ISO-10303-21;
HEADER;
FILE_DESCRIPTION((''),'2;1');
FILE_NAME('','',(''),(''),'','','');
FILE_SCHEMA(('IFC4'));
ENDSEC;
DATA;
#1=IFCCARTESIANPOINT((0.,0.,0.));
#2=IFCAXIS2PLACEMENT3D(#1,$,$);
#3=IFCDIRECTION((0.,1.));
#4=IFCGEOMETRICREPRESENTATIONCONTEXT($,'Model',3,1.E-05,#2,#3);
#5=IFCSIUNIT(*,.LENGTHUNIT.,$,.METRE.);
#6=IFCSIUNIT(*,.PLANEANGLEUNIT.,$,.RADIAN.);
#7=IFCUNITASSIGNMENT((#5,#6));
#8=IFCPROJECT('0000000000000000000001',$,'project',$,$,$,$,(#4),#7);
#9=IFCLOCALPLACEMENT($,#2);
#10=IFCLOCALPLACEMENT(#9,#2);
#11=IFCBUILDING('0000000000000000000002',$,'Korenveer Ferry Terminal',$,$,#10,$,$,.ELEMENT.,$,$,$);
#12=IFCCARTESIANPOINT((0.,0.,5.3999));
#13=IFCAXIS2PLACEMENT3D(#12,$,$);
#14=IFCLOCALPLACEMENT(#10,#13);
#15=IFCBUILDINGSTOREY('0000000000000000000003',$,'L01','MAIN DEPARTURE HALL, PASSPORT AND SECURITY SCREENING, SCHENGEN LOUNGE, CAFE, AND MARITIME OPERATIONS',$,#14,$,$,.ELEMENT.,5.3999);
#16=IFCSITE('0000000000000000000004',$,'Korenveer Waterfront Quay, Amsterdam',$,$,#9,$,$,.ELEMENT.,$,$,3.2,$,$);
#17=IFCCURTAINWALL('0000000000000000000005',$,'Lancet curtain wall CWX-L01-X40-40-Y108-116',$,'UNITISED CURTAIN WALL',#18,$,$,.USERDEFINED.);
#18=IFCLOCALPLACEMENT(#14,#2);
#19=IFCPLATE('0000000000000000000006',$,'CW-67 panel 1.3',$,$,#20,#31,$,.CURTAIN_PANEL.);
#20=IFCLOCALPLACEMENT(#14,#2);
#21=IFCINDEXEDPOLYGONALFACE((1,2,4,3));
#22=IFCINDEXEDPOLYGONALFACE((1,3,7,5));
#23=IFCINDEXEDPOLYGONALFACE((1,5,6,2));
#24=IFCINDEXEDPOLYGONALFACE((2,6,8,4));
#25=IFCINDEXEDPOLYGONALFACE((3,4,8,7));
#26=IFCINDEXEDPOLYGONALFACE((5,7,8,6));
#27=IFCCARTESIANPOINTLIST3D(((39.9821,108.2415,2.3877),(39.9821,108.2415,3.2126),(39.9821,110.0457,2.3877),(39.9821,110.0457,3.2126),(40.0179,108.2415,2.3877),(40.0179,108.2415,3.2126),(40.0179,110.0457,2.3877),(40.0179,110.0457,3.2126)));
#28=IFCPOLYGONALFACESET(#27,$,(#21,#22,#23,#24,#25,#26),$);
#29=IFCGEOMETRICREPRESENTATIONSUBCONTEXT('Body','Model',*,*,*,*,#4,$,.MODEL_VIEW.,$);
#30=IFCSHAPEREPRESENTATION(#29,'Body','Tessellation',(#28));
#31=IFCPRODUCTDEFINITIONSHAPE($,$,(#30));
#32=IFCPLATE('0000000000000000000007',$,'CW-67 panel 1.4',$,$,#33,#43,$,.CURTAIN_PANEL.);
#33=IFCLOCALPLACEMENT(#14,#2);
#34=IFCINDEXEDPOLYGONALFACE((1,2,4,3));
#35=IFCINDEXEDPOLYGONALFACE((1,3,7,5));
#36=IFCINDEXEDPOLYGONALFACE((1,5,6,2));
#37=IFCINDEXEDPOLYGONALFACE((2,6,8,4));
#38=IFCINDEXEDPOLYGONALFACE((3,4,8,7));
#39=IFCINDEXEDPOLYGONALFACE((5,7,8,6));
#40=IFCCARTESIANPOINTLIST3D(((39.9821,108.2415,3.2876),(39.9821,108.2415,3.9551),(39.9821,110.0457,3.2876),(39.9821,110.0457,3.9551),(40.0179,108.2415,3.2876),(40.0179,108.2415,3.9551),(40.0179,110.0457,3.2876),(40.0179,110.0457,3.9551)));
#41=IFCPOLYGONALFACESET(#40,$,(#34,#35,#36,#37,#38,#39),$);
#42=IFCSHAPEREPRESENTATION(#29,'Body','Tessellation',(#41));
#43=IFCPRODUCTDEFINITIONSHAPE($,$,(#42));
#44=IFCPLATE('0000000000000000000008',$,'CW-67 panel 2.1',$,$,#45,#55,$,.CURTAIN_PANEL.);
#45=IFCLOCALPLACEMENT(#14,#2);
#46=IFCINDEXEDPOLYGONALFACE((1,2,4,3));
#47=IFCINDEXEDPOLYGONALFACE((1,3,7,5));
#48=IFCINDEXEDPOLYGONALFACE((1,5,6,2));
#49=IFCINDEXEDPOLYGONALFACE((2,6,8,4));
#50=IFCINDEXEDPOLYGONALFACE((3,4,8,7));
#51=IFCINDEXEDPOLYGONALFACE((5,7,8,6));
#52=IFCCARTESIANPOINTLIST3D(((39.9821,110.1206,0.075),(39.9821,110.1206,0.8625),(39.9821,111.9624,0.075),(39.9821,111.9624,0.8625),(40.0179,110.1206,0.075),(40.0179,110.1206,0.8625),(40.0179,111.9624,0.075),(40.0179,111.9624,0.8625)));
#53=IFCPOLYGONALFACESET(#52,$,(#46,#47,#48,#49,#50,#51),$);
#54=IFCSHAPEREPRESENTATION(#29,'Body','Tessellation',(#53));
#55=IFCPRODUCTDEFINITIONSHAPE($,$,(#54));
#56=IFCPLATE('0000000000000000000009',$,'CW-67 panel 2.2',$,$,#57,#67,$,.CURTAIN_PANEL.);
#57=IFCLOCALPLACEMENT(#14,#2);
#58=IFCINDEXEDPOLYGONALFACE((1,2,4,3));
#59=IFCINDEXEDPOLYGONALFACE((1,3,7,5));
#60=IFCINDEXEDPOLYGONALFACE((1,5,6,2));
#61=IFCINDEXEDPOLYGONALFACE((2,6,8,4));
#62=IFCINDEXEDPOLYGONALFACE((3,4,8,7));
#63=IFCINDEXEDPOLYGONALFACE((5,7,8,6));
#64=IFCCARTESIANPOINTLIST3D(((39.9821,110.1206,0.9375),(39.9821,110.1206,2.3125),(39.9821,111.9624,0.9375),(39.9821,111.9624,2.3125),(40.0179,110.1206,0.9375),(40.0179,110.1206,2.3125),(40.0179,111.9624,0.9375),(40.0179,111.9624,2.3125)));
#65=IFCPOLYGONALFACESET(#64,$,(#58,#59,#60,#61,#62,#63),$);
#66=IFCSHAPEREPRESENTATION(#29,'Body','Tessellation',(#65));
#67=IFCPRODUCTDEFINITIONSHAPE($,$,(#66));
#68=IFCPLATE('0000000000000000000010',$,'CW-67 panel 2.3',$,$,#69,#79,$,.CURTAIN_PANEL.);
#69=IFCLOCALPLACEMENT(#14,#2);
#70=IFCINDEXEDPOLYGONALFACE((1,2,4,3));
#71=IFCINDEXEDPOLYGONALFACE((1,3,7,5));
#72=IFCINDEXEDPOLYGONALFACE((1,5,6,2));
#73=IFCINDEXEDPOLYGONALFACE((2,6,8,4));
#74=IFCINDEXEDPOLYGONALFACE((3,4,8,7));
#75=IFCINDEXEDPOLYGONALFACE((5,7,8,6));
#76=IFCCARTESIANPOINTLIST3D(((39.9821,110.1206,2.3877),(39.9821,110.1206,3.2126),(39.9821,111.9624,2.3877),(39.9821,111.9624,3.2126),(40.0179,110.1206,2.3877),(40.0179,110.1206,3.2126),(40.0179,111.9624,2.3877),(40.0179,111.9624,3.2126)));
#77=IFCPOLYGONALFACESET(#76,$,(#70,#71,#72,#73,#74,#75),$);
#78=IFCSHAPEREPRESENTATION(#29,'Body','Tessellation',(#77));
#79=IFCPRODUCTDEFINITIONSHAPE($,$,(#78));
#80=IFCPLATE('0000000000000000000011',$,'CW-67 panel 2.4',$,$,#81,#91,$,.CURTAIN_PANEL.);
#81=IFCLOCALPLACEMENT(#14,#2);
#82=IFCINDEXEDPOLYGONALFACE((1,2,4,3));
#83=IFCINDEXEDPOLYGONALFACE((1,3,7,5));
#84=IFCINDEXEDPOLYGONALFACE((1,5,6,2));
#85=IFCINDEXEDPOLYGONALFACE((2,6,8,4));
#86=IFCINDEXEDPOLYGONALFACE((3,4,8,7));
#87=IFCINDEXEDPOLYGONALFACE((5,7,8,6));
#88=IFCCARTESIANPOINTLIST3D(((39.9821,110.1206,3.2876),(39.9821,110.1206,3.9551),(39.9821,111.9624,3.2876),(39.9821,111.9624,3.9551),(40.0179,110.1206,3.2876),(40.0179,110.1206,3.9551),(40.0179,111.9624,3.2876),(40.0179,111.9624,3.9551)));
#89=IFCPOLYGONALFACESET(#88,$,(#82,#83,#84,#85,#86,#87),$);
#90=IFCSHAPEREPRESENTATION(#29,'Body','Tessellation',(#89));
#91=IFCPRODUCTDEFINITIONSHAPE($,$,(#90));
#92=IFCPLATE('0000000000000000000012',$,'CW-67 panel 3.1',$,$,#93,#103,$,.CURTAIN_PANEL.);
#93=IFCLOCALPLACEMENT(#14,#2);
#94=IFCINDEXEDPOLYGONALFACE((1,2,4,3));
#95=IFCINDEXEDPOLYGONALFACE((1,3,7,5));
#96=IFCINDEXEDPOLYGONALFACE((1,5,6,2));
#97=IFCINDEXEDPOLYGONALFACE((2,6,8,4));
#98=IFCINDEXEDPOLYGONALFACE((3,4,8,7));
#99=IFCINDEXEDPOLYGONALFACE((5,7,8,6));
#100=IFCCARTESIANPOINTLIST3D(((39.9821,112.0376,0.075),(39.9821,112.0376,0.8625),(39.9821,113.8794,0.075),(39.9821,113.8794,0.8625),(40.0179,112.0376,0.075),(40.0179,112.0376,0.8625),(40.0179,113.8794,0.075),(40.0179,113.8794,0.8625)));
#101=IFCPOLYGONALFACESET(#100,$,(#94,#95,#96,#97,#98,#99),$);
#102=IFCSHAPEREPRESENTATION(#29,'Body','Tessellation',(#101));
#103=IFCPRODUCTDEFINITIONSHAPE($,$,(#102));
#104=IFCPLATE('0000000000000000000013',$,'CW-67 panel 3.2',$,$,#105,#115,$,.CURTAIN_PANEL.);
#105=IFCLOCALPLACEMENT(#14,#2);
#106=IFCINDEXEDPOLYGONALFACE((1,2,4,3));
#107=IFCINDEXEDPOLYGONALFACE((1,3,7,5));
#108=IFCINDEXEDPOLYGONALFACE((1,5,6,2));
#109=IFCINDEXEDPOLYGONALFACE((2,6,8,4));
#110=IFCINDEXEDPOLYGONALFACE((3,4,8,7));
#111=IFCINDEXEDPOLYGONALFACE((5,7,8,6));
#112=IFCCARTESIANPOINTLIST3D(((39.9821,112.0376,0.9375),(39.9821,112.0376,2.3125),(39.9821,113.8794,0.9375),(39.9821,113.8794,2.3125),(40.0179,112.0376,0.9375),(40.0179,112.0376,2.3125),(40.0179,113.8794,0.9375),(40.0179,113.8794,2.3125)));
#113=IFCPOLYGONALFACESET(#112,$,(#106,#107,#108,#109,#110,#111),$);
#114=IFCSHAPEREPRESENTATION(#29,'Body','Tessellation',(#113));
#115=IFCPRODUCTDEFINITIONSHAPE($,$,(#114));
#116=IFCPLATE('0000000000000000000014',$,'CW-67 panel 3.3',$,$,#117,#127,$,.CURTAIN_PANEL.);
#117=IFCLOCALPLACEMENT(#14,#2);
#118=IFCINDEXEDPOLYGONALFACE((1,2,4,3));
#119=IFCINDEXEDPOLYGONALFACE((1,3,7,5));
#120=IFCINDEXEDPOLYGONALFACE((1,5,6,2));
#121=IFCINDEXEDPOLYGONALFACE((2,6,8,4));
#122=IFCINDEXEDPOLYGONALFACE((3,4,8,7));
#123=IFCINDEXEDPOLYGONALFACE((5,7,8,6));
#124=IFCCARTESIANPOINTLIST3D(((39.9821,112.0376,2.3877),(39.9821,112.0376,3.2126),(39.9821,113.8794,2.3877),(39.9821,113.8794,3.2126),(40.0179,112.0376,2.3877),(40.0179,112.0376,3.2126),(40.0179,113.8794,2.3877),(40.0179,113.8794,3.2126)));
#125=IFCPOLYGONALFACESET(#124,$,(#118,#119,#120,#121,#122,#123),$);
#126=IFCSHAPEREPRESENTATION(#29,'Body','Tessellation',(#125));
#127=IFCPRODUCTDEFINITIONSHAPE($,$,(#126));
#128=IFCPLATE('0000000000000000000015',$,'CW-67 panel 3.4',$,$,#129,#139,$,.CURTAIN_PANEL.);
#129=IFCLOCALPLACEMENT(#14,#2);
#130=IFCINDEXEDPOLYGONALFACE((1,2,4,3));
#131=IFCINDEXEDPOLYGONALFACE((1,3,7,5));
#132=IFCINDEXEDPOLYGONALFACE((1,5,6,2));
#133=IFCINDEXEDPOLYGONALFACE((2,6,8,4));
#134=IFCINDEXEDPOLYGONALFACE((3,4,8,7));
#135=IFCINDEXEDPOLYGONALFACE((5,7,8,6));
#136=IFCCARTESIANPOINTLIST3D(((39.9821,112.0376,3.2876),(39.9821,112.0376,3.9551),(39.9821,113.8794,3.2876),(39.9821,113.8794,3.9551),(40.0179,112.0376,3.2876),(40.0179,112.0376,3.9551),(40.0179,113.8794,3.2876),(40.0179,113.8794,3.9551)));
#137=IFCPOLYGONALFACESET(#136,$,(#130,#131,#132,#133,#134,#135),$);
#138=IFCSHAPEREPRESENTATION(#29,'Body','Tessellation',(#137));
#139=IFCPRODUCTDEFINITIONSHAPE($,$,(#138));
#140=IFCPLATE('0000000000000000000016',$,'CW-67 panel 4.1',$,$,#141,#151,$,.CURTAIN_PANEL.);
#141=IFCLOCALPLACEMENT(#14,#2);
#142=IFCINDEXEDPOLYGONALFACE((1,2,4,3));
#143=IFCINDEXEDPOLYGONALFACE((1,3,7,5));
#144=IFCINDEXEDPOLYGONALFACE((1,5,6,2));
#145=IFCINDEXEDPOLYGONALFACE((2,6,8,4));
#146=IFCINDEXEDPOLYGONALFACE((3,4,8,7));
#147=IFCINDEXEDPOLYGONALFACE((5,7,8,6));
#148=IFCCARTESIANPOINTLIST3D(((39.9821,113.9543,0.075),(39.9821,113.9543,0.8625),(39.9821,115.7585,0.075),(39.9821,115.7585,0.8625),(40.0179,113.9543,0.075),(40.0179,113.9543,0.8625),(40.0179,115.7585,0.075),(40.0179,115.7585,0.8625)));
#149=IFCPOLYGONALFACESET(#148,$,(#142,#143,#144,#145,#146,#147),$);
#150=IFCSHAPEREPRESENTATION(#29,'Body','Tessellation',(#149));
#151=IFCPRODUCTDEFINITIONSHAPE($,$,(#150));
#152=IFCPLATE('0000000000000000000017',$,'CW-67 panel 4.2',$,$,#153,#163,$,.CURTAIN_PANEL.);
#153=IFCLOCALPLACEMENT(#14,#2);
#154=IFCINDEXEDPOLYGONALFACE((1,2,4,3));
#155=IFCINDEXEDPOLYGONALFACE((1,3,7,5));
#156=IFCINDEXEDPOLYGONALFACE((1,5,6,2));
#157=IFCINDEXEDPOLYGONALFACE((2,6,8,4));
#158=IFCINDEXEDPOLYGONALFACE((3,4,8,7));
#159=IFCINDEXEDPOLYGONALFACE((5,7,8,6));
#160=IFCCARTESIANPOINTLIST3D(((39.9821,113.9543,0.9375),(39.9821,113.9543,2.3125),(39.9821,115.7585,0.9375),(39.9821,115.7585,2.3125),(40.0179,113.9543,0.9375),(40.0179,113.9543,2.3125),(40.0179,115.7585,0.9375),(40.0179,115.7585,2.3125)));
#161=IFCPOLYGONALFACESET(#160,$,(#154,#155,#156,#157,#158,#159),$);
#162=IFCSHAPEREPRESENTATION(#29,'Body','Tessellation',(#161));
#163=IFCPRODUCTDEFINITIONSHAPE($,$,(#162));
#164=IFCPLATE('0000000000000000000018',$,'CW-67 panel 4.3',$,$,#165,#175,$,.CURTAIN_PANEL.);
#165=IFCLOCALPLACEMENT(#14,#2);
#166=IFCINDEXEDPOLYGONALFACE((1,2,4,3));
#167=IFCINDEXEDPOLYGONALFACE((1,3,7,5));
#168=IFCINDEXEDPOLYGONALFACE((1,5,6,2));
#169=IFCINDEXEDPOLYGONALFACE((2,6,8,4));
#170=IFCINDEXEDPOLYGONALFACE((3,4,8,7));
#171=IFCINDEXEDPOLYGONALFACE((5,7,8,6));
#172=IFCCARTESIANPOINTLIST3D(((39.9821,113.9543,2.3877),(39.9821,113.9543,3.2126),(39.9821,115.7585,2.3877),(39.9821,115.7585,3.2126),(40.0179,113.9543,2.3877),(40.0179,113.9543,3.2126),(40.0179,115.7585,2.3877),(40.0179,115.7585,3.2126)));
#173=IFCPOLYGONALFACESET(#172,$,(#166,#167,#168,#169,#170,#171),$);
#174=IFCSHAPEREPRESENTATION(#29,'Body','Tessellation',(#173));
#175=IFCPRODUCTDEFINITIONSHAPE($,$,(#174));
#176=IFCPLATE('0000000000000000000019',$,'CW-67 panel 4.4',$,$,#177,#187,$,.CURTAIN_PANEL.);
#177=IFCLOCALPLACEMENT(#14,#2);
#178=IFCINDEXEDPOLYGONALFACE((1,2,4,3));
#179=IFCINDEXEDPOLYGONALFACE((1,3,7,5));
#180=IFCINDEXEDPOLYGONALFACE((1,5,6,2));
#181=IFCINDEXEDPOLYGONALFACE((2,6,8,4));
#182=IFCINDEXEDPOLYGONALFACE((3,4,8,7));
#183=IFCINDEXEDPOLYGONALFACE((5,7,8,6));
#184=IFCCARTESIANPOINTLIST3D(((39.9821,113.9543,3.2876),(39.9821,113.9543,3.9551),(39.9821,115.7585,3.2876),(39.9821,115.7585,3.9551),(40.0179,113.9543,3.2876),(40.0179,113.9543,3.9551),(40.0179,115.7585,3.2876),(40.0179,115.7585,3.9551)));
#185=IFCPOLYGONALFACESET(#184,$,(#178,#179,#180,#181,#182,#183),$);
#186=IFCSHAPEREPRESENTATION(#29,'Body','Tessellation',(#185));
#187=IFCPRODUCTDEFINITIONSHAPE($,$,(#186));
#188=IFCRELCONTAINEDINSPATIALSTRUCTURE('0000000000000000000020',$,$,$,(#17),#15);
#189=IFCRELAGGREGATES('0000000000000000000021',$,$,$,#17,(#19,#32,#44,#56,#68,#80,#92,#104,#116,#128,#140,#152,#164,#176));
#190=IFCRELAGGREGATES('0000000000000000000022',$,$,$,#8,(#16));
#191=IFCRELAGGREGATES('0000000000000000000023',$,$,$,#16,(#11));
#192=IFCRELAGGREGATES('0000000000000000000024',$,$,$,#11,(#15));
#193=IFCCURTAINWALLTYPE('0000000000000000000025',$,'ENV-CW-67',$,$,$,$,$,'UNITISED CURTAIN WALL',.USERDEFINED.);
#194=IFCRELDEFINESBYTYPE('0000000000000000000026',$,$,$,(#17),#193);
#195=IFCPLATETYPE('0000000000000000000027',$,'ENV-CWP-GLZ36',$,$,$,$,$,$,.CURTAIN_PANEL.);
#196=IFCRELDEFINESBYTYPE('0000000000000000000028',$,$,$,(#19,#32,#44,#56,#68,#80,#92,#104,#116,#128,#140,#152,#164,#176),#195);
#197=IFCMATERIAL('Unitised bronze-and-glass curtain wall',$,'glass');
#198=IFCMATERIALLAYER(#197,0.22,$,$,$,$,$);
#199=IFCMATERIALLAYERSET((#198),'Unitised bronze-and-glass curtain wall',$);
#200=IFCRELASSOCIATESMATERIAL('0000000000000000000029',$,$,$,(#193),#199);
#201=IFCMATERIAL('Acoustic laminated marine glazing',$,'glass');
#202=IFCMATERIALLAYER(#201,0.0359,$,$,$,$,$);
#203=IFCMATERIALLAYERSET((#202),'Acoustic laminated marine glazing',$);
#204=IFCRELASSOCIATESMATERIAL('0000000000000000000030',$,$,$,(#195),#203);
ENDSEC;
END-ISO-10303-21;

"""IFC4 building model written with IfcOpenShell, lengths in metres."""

from ifc_helpers import new_model, si_unit, direction, frame, origin, origin_2d, place, context, subcontext, project, spatial, rectangle, extrude, material, layer, layer_set, type_object, element, aggregate, save


model = new_model("IFC4")

# Units and contexts
model_context = context("Model", 3, precision=1e-05, world=origin(), true_north=direction((0.0, 1.0)))
body_context = subcontext(model_context, "Body", "Model", "MODEL_VIEW")
ifc_project = project(units=[si_unit("LENGTHUNIT", "METRE"), si_unit("PLANEANGLEUNIT", "RADIAN")], contexts=[model_context])

# Site, building, storey
site_placement = place(None, origin())
site = spatial("IfcSite", under=ifc_project, at=site_placement, Name="Korenveer Waterfront Quay, Amsterdam", CompositionType="ELEMENT", RefElevation=3.2)
building_placement = place(site_placement, origin())
building = spatial("IfcBuilding", under=site, at=building_placement, Name="Korenveer Ferry Terminal", CompositionType="ELEMENT")
storey_placement = place(building_placement, frame((0.0, 0.0, 5.3999)))
storey = spatial("IfcBuildingStorey", under=building, at=storey_placement, Name="L01", Description="MAIN DEPARTURE HALL, PASSPORT AND SECURITY SCREENING, SCHENGEN LOUNGE, CAFE, AND MARITIME OPERATIONS", CompositionType="ELEMENT", Elevation=5.3999)

# Shared definitions
ifc_material_1 = material(Name="Unitised bronze-and-glass curtain wall", Category="glass")

# Curtain wall
ifc_layer_1 = layer(ifc_material_1, 0.22)
ifc_layer_set_1 = layer_set([ifc_layer_1], Name="Unitised bronze-and-glass curtain wall")
curtain_wall_type_1 = type_object("IfcCurtainWallType", Name="ENV-CW-67", ElementType="UNITISED CURTAIN WALL", PredefinedType="USERDEFINED", material=ifc_layer_set_1)
curtain_wall_1_placement = place(storey_placement, frame((40.0, 108.1665, 0.0)))
curtain_wall_1 = element("IfcCurtainWall", 1, at=curtain_wall_1_placement, inside=storey, type_object=curtain_wall_type_1, Name="Lancet curtain wall CWX-L01-X40-40-Y108-116", ObjectType="UNITISED CURTAIN WALL", PredefinedType="USERDEFINED")

# Plates
ifc_material_2 = material(Name="Acoustic laminated marine glazing", Category="glass")
ifc_layer_2 = layer(ifc_material_2, 0.0359)
ifc_layer_set_2 = layer_set([ifc_layer_2], Name="Acoustic laminated marine glazing")
plate_type = type_object("IfcPlateType", Name="ENV-CWP-GLZ36", PredefinedType="CURTAIN_PANEL", material=ifc_layer_set_2)
plate_1_placement = place(storey_placement, frame((40.0, 109.1436, 2.3877), z_axis=(0.0, 0.0, 1.0), x_axis=(0.0, 1.0, 0.0)))
plate_1 = element("IfcPlate", 2, at=plate_1_placement, type_object=plate_type, Name="CW-67 panel 1.3", PredefinedType="CURTAIN_PANEL", context=body_context, shape_type="SweptSolid", body=[
    extrude(rectangle(XDim=1.8042, YDim=0.0359, at=origin_2d()), origin(), (0.0, 0.0, 1.0), 0.825),
])
plate_2_placement = place(storey_placement, frame((40.0, 109.1436, 3.2876), z_axis=(0.0, 0.0, 1.0), x_axis=(0.0, 1.0, 0.0)))
plate_2 = element("IfcPlate", 3, at=plate_2_placement, type_object=plate_type, Name="CW-67 panel 1.4", PredefinedType="CURTAIN_PANEL", context=body_context, shape_type="SweptSolid", body=[
    extrude(rectangle(XDim=1.8042, YDim=0.0359, at=origin_2d()), origin(), (0.0, 0.0, 1.0), 0.6675),
])
plate_3_placement = place(storey_placement, frame((40.0, 111.0415, 0.075), z_axis=(0.0, 0.0, 1.0), x_axis=(0.0, 1.0, 0.0)))
plate_3 = element("IfcPlate", 4, at=plate_3_placement, type_object=plate_type, Name="CW-67 panel 2.1", PredefinedType="CURTAIN_PANEL", context=body_context, shape_type="SweptSolid", body=[
    extrude(rectangle(XDim=1.8418, YDim=0.0359, at=origin_2d()), origin(), (0.0, 0.0, 1.0), 0.7876),
])
plate_4_placement = place(storey_placement, frame((40.0, 111.0415, 0.9375), z_axis=(0.0, 0.0, 1.0), x_axis=(0.0, 1.0, 0.0)))
plate_4 = element("IfcPlate", 5, at=plate_4_placement, type_object=plate_type, Name="CW-67 panel 2.2", PredefinedType="CURTAIN_PANEL", context=body_context, shape_type="SweptSolid", body=[
    extrude(rectangle(XDim=1.8418, YDim=0.0359, at=origin_2d()), origin(), (0.0, 0.0, 1.0), 1.375),
])
plate_5_placement = place(storey_placement, frame((40.0, 111.0415, 2.3877), z_axis=(0.0, 0.0, 1.0), x_axis=(0.0, 1.0, 0.0)))
plate_5 = element("IfcPlate", 6, at=plate_5_placement, type_object=plate_type, Name="CW-67 panel 2.3", PredefinedType="CURTAIN_PANEL", context=body_context, shape_type="SweptSolid", body=[
    extrude(rectangle(XDim=1.8418, YDim=0.0359, at=origin_2d()), origin(), (0.0, 0.0, 1.0), 0.825),
])
plate_6_placement = place(storey_placement, frame((40.0, 111.0415, 3.2876), z_axis=(0.0, 0.0, 1.0), x_axis=(0.0, 1.0, 0.0)))
plate_6 = element("IfcPlate", 7, at=plate_6_placement, type_object=plate_type, Name="CW-67 panel 2.4", PredefinedType="CURTAIN_PANEL", context=body_context, shape_type="SweptSolid", body=[
    extrude(rectangle(XDim=1.8418, YDim=0.0359, at=origin_2d()), origin(), (0.0, 0.0, 1.0), 0.6675),
])
plate_7_placement = place(storey_placement, frame((40.0, 112.9585, 0.075), z_axis=(0.0, 0.0, 1.0), x_axis=(0.0, 1.0, 0.0)))
plate_7 = element("IfcPlate", 8, at=plate_7_placement, type_object=plate_type, Name="CW-67 panel 3.1", PredefinedType="CURTAIN_PANEL", context=body_context, shape_type="SweptSolid", body=[
    extrude(rectangle(XDim=1.8418, YDim=0.0359, at=origin_2d()), origin(), (0.0, 0.0, 1.0), 0.7876),
])
plate_8_placement = place(storey_placement, frame((40.0, 112.9585, 0.9375), z_axis=(0.0, 0.0, 1.0), x_axis=(0.0, 1.0, 0.0)))
plate_8 = element("IfcPlate", 9, at=plate_8_placement, type_object=plate_type, Name="CW-67 panel 3.2", PredefinedType="CURTAIN_PANEL", context=body_context, shape_type="SweptSolid", body=[
    extrude(rectangle(XDim=1.8418, YDim=0.0359, at=origin_2d()), origin(), (0.0, 0.0, 1.0), 1.375),
])
plate_9_placement = place(storey_placement, frame((40.0, 112.9585, 2.3877), z_axis=(0.0, 0.0, 1.0), x_axis=(0.0, 1.0, 0.0)))
plate_9 = element("IfcPlate", 10, at=plate_9_placement, type_object=plate_type, Name="CW-67 panel 3.3", PredefinedType="CURTAIN_PANEL", context=body_context, shape_type="SweptSolid", body=[
    extrude(rectangle(XDim=1.8418, YDim=0.0359, at=origin_2d()), origin(), (0.0, 0.0, 1.0), 0.825),
])
plate_10_placement = place(storey_placement, frame((40.0, 112.9585, 3.2876), z_axis=(0.0, 0.0, 1.0), x_axis=(0.0, 1.0, 0.0)))
plate_10 = element("IfcPlate", 11, at=plate_10_placement, type_object=plate_type, Name="CW-67 panel 3.4", PredefinedType="CURTAIN_PANEL", context=body_context, shape_type="SweptSolid", body=[
    extrude(rectangle(XDim=1.8418, YDim=0.0359, at=origin_2d()), origin(), (0.0, 0.0, 1.0), 0.6675),
])
plate_11_placement = place(storey_placement, frame((40.0, 114.8564, 0.075), z_axis=(0.0, 0.0, 1.0), x_axis=(0.0, 1.0, 0.0)))
plate_11 = element("IfcPlate", 12, at=plate_11_placement, type_object=plate_type, Name="CW-67 panel 4.1", PredefinedType="CURTAIN_PANEL", context=body_context, shape_type="SweptSolid", body=[
    extrude(rectangle(XDim=1.8042, YDim=0.0359, at=origin_2d()), origin(), (0.0, 0.0, 1.0), 0.7876),
])
plate_12_placement = place(storey_placement, frame((40.0, 114.8564, 0.9375), z_axis=(0.0, 0.0, 1.0), x_axis=(0.0, 1.0, 0.0)))
plate_12 = element("IfcPlate", 13, at=plate_12_placement, type_object=plate_type, Name="CW-67 panel 4.2", PredefinedType="CURTAIN_PANEL", context=body_context, shape_type="SweptSolid", body=[
    extrude(rectangle(XDim=1.8042, YDim=0.0359, at=origin_2d()), origin(), (0.0, 0.0, 1.0), 1.375),
])
plate_13_placement = place(storey_placement, frame((40.0, 114.8564, 2.3877), z_axis=(0.0, 0.0, 1.0), x_axis=(0.0, 1.0, 0.0)))
plate_13 = element("IfcPlate", 14, at=plate_13_placement, type_object=plate_type, Name="CW-67 panel 4.3", PredefinedType="CURTAIN_PANEL", context=body_context, shape_type="SweptSolid", body=[
    extrude(rectangle(XDim=1.8042, YDim=0.0359, at=origin_2d()), origin(), (0.0, 0.0, 1.0), 0.825),
])
plate_14_placement = place(storey_placement, frame((40.0, 114.8564, 3.2876), z_axis=(0.0, 0.0, 1.0), x_axis=(0.0, 1.0, 0.0)))
plate_14 = element("IfcPlate", 15, at=plate_14_placement, type_object=plate_type, Name="CW-67 panel 4.4", PredefinedType="CURTAIN_PANEL", context=body_context, shape_type="SweptSolid", body=[
    extrude(rectangle(XDim=1.8042, YDim=0.0359, at=origin_2d()), origin(), (0.0, 0.0, 1.0), 0.6675),
])
aggregate(curtain_wall_1, [plate_1, plate_2, plate_3, plate_4, plate_5, plate_6, plate_7, plate_8, plate_9, plate_10, plate_11, plate_12, plate_13, plate_14])

save(model, "model.ifc")
